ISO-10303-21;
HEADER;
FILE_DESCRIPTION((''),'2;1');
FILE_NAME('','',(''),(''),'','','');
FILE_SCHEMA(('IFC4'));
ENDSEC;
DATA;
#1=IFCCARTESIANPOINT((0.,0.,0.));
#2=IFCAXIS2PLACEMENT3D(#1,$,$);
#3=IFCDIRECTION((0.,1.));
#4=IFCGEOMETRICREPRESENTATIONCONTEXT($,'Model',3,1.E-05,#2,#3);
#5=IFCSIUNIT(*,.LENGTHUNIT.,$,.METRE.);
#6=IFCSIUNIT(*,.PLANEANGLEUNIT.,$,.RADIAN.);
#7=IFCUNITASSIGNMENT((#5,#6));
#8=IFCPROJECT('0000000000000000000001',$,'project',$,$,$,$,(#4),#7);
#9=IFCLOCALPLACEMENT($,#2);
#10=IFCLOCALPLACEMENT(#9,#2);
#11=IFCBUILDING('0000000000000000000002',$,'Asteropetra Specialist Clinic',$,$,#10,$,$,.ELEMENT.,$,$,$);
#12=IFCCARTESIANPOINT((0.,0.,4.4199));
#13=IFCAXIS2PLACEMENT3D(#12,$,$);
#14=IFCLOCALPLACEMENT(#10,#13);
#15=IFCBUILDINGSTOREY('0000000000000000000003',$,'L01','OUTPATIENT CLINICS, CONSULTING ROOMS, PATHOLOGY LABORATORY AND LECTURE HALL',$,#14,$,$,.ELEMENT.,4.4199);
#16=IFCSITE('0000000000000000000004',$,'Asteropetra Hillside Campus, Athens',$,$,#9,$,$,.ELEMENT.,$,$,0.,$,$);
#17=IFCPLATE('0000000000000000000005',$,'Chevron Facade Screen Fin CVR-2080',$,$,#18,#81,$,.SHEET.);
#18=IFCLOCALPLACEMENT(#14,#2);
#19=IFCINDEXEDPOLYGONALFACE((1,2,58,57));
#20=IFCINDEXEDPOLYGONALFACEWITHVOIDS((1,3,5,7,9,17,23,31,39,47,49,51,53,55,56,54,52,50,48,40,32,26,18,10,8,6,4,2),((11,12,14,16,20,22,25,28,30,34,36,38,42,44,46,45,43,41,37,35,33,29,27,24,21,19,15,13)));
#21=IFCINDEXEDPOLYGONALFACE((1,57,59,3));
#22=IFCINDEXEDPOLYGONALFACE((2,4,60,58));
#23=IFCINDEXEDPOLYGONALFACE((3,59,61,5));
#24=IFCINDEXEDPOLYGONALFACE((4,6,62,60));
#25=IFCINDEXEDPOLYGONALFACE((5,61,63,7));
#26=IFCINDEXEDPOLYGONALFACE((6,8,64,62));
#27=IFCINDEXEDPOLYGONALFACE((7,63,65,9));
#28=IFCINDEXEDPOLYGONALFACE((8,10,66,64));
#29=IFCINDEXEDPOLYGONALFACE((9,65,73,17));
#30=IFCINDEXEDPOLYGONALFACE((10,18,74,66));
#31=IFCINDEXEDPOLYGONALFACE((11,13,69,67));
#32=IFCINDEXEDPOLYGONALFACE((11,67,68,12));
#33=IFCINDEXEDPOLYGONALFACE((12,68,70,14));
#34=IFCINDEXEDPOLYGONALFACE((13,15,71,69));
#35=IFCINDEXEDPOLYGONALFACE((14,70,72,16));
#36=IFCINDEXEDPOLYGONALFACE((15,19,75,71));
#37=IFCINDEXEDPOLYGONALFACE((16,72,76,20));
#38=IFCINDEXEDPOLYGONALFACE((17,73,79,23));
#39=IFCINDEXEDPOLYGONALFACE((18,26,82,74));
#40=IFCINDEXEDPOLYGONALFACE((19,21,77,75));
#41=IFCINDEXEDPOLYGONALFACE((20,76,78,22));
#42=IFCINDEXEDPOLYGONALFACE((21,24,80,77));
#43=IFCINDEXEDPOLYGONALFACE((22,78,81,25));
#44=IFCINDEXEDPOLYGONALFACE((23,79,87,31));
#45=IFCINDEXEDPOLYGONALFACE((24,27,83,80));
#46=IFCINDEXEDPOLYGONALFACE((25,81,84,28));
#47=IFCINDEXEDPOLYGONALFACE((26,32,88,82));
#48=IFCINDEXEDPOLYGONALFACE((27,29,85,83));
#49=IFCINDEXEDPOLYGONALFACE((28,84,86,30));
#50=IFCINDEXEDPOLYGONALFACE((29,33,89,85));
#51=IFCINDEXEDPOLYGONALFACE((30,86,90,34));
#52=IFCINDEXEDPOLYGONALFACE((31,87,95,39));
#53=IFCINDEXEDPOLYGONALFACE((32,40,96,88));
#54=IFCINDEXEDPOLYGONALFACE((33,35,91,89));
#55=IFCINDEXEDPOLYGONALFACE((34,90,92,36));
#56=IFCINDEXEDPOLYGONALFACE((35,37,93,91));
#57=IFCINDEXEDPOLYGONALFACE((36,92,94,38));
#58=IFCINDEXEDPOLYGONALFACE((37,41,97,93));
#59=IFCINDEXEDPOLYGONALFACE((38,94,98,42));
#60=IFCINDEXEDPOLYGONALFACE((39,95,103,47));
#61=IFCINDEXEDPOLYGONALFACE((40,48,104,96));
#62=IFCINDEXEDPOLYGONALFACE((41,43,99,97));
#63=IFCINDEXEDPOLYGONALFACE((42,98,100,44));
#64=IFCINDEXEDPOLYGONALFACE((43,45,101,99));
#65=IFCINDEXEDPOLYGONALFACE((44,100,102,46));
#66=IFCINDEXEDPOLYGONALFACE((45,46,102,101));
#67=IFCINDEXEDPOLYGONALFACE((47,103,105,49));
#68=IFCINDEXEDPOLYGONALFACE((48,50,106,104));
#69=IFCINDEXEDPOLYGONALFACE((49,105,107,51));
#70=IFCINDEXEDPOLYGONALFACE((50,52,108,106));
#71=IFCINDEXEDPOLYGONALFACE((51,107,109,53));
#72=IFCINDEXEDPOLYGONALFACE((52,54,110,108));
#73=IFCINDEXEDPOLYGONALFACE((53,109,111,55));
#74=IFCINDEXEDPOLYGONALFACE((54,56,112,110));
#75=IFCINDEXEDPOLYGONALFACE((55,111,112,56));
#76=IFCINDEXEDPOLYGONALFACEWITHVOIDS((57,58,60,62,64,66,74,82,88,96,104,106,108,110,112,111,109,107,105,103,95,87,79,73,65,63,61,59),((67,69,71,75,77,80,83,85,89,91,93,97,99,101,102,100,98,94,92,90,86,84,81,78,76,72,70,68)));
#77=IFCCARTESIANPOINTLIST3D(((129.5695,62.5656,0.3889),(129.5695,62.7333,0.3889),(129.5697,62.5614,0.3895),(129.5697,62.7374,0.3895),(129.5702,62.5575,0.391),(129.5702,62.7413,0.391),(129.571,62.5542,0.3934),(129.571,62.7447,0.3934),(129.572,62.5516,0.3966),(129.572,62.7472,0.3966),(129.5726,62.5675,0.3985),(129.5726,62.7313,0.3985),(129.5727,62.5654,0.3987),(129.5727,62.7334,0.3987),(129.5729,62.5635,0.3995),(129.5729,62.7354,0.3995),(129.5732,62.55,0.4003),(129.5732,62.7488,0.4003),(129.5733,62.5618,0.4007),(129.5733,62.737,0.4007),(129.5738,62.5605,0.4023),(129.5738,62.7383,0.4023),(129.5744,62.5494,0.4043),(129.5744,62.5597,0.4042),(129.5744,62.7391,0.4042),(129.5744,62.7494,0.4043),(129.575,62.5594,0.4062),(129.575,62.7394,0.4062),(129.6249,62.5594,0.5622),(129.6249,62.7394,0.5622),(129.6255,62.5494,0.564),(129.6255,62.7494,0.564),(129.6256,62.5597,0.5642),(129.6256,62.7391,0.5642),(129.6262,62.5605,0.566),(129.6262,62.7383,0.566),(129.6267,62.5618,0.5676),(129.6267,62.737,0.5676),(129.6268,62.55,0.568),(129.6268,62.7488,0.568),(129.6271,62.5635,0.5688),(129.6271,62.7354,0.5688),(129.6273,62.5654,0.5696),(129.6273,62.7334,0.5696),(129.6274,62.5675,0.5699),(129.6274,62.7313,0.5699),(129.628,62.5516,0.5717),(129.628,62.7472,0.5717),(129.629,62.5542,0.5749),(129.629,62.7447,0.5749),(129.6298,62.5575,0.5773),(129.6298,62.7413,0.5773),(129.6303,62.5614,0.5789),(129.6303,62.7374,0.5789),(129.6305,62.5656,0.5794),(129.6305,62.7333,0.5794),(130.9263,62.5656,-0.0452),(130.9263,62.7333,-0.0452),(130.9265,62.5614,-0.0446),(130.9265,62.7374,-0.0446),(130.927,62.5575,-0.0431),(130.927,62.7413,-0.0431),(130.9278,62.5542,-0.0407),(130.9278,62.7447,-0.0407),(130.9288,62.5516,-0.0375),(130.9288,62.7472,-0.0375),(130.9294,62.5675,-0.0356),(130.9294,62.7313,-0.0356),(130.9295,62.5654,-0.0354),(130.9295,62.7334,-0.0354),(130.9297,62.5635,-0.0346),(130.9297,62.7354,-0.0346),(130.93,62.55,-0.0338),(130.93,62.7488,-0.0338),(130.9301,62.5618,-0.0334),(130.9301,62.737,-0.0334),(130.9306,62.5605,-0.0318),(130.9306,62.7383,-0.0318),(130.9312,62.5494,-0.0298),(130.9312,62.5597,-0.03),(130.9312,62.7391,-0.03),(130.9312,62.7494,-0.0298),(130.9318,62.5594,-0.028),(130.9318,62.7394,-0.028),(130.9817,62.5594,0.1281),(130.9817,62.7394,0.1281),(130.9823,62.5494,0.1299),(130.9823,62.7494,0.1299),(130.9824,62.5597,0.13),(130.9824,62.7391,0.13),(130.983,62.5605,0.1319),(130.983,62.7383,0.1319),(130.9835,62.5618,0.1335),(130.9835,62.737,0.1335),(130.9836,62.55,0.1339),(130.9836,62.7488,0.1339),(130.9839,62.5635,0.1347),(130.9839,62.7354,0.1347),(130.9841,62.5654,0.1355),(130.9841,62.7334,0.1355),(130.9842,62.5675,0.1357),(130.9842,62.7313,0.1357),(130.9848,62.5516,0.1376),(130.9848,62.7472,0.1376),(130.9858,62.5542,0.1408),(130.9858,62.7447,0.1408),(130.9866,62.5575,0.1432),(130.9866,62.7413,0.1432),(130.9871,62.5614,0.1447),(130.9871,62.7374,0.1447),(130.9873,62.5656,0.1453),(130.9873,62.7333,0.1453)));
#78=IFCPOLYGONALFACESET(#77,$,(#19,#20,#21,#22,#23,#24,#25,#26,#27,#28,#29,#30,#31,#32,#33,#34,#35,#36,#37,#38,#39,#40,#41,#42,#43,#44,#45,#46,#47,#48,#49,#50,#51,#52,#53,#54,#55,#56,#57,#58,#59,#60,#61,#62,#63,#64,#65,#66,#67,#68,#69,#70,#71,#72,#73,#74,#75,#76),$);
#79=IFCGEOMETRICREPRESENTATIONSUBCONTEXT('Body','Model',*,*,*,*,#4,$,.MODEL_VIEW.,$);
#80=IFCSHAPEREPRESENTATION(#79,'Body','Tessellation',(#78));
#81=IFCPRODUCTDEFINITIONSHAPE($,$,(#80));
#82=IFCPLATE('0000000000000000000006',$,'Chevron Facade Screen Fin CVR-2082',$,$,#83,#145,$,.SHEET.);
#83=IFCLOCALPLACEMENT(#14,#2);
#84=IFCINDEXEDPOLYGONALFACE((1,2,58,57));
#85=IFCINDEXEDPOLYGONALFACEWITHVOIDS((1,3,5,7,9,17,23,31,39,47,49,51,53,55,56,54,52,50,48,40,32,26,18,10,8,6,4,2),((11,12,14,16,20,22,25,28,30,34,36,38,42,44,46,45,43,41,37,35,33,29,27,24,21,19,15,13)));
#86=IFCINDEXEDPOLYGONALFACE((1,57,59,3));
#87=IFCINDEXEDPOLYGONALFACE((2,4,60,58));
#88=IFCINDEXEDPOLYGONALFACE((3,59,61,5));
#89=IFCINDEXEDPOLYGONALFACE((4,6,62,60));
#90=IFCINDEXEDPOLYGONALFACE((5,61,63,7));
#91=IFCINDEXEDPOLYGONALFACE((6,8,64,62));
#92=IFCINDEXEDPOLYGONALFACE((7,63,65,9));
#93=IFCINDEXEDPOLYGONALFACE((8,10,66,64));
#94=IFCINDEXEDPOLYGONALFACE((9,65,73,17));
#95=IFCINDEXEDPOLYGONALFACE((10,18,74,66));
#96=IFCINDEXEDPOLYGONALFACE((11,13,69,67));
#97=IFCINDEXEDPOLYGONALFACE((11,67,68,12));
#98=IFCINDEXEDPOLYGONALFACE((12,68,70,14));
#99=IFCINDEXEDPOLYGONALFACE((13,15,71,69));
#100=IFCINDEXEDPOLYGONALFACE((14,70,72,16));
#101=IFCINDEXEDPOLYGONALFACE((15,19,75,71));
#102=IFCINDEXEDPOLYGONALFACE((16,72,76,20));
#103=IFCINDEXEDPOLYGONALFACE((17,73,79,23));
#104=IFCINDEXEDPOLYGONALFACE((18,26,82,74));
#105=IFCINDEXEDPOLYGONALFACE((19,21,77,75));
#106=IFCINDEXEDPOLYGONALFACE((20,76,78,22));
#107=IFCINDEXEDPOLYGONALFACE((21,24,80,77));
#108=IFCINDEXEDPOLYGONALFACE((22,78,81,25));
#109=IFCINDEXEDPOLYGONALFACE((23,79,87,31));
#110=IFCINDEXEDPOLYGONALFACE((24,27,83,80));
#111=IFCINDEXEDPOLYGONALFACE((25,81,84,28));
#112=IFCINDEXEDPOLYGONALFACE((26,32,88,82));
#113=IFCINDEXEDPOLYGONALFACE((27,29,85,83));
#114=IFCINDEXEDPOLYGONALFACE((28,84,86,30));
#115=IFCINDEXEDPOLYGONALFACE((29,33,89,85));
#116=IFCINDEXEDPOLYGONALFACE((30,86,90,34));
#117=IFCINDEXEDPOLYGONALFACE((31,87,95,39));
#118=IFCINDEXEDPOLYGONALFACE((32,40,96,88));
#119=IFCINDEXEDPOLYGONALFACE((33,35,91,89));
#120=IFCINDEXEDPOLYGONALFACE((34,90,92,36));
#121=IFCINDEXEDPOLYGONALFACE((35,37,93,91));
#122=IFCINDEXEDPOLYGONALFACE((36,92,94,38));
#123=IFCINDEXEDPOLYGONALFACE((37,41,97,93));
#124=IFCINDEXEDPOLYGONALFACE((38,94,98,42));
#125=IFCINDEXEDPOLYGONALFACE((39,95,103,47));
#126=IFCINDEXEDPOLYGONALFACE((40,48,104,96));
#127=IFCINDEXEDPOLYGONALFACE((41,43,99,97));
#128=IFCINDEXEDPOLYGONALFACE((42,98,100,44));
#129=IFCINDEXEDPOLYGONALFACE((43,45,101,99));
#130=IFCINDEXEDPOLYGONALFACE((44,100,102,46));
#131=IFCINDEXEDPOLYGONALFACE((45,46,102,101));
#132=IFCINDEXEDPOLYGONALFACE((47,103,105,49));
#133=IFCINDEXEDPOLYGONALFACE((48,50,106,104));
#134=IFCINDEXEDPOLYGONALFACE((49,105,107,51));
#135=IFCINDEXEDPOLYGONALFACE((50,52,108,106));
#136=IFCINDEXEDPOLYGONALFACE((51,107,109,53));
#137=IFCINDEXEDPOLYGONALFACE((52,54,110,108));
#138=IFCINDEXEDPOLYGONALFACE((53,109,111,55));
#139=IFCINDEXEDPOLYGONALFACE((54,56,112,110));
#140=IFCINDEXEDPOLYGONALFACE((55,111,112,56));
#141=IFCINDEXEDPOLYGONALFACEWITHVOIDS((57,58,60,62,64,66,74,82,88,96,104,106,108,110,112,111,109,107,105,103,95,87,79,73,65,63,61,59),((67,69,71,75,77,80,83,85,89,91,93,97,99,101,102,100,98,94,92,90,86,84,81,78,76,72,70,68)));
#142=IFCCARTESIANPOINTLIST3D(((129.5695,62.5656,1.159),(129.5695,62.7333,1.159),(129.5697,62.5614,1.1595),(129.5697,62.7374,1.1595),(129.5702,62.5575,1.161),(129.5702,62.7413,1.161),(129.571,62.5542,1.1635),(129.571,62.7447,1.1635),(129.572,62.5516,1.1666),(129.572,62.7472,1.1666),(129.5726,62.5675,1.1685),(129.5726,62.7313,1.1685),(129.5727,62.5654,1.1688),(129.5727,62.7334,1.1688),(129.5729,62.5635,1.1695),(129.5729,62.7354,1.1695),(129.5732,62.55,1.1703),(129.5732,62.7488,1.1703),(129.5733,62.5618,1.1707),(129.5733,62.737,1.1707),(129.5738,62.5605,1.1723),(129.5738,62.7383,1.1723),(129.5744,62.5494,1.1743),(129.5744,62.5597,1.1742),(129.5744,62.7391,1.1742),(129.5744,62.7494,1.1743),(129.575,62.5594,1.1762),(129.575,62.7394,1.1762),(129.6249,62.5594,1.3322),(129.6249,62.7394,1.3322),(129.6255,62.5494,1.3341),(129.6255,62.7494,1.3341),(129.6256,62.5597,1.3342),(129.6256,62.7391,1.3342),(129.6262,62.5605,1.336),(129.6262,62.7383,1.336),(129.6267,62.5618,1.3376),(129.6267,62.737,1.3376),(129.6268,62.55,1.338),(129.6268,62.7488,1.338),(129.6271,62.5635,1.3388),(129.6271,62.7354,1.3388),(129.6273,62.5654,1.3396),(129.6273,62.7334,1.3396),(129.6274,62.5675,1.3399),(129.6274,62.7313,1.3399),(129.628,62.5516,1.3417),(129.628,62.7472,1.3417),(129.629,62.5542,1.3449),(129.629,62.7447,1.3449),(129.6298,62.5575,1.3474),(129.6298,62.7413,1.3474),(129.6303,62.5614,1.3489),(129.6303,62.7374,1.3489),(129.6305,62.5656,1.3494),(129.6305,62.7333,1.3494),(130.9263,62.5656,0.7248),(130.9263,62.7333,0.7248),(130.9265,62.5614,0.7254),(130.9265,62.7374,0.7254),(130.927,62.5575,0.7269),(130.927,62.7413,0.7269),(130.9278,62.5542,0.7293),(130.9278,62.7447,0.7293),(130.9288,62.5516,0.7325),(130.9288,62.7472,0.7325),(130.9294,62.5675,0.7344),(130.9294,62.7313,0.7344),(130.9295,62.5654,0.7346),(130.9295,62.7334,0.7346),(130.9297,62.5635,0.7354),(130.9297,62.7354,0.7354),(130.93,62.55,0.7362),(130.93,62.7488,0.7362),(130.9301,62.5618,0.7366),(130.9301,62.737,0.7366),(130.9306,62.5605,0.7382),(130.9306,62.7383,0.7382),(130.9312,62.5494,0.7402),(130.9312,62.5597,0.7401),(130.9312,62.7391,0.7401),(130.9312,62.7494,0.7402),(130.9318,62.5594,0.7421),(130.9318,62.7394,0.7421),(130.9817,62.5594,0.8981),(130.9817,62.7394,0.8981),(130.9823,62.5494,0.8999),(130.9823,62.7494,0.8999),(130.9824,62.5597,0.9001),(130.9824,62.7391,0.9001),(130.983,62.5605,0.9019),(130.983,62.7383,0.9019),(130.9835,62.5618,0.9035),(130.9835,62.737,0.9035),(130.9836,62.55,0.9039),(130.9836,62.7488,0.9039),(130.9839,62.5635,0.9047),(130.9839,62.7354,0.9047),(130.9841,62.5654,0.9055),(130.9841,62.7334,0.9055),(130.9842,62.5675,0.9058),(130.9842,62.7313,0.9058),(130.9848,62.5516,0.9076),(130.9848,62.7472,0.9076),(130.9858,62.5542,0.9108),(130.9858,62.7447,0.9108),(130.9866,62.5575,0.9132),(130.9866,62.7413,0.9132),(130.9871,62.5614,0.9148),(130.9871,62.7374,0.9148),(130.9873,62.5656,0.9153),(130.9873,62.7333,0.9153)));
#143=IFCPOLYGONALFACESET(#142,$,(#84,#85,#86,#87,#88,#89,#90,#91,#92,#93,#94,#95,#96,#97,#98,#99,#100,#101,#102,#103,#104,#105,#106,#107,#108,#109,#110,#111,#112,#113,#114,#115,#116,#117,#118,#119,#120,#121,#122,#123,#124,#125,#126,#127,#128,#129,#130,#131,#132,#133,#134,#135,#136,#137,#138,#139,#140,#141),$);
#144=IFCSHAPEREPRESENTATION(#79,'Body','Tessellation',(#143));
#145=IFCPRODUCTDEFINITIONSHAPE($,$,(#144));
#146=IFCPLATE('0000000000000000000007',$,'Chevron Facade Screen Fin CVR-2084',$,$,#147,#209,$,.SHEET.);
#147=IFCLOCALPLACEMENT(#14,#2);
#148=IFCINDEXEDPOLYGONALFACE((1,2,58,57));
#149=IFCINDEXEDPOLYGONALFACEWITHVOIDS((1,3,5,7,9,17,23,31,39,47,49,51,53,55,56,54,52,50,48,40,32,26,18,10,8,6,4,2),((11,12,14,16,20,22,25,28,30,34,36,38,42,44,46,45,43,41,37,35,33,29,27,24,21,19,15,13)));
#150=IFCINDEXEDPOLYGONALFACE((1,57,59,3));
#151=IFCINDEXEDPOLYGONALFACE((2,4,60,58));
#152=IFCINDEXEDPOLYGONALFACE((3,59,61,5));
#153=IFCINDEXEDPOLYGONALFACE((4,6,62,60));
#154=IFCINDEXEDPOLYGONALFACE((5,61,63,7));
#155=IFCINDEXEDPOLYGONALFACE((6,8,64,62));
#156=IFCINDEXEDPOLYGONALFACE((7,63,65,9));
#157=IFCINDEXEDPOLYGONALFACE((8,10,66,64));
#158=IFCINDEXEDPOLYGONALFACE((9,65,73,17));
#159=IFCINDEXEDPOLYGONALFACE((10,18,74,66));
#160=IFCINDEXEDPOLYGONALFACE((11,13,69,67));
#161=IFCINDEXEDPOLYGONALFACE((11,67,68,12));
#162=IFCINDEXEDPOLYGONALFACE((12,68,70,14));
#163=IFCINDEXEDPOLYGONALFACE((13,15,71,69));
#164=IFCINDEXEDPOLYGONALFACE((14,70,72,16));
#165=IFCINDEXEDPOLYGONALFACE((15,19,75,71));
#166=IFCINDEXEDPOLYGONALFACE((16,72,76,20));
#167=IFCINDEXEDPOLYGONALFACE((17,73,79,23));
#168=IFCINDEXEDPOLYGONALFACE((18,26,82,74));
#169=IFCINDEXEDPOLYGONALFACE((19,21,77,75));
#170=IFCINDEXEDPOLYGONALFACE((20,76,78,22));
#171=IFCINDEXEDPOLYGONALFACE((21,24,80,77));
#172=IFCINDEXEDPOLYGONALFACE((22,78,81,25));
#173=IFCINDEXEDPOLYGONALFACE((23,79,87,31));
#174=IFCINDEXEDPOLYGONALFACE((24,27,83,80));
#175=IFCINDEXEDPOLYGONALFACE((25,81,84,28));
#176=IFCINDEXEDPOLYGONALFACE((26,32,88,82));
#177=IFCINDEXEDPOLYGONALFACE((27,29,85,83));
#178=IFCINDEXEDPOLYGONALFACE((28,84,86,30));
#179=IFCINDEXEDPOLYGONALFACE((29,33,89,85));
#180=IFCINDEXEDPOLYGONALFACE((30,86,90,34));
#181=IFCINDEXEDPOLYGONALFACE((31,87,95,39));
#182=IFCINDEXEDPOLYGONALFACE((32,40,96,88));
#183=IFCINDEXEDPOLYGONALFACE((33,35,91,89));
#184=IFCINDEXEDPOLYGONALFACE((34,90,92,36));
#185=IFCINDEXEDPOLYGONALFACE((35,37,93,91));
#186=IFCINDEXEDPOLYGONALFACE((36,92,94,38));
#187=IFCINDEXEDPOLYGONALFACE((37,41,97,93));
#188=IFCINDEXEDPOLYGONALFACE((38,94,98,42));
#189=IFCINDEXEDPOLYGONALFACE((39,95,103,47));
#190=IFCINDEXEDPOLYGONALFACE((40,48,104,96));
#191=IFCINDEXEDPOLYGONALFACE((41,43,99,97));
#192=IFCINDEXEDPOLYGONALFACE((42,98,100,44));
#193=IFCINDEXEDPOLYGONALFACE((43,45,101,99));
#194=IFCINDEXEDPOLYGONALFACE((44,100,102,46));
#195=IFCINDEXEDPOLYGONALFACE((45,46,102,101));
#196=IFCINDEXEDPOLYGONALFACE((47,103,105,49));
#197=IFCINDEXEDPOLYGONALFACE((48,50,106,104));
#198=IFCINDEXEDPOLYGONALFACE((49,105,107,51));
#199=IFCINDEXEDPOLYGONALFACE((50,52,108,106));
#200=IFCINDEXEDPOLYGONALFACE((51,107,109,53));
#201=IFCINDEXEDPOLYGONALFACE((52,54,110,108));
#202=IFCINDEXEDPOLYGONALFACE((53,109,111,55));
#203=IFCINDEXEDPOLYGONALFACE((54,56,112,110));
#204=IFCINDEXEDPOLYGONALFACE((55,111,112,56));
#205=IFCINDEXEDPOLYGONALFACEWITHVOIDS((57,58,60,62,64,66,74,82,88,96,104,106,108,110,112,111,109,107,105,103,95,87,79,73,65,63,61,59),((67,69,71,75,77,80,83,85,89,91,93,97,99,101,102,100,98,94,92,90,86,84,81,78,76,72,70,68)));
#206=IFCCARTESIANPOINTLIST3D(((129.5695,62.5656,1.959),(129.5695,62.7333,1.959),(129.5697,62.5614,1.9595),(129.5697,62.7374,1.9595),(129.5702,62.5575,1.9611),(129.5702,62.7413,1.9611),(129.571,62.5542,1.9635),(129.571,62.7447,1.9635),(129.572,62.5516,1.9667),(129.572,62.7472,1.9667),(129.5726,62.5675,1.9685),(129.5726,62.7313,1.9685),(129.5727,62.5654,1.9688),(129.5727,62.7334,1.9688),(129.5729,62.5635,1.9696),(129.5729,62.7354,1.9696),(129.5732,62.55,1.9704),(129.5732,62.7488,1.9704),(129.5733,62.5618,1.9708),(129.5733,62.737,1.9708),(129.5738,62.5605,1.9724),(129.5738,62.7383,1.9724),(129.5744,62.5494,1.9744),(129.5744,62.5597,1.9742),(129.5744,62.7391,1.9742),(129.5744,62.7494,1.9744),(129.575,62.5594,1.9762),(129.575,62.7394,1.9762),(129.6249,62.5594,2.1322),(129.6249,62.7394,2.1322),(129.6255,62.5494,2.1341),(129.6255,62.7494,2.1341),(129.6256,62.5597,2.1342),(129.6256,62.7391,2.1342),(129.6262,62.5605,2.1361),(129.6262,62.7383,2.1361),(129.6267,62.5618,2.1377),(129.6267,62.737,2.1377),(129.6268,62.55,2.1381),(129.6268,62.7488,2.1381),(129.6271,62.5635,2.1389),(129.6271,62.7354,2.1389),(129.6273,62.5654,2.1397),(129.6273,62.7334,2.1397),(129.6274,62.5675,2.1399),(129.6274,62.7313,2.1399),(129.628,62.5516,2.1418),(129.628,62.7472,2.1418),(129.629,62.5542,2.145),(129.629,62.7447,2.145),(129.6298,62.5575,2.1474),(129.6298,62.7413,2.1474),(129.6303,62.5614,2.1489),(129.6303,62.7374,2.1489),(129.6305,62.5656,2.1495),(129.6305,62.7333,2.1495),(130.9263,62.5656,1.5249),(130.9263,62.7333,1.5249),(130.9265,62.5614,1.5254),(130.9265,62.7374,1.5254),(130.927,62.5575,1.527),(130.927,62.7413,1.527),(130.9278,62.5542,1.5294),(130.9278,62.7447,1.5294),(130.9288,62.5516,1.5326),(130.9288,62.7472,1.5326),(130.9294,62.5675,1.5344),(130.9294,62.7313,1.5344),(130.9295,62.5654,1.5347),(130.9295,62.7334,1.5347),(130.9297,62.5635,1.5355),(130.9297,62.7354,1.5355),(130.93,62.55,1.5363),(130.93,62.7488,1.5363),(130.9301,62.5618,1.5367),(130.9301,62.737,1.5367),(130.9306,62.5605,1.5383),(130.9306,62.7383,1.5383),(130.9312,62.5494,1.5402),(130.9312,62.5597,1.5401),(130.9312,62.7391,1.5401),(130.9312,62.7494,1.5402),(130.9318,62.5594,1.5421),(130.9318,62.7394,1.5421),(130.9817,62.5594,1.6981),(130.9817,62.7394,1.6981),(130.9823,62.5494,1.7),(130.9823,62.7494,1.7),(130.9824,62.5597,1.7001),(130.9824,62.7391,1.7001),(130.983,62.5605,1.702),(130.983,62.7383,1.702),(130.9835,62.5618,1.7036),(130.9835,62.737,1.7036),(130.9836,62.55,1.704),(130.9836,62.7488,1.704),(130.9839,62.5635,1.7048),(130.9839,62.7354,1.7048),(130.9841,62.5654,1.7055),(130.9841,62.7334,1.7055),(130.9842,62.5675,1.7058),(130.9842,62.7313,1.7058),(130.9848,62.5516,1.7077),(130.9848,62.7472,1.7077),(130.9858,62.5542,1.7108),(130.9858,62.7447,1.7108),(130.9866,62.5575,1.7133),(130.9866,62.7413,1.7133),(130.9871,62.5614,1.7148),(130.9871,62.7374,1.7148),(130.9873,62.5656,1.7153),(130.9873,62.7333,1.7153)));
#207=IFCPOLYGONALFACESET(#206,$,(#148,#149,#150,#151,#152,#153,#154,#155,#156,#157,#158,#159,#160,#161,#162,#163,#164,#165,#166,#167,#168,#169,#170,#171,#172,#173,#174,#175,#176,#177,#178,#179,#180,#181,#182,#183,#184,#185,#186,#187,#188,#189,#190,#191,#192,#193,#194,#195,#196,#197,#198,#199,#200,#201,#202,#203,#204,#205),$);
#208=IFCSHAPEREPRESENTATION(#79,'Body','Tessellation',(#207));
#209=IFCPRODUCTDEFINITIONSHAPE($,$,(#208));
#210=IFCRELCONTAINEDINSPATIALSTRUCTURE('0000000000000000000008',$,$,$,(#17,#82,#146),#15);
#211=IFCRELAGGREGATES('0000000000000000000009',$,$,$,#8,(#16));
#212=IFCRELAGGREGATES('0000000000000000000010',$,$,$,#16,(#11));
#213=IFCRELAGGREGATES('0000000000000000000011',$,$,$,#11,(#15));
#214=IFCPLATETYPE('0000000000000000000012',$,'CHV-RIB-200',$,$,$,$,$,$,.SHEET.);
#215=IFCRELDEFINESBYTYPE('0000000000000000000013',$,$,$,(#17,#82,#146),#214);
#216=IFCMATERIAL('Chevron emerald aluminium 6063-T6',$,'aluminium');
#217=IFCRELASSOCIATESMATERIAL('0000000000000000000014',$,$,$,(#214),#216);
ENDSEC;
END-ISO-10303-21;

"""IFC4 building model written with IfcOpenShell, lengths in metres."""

from ifc_helpers import new_model, si_unit, direction, frame, origin, origin_2d, place, context, subcontext, project, spatial, hollow_rectangle, extrude, material, material_profile, profile_set, type_object, element, save


model = new_model("IFC4")

# Units and contexts
model_context = context("Model", 3, precision=1e-05, world=origin(), true_north=direction((0.0, 1.0)))
body_context = subcontext(model_context, "Body", "Model", "MODEL_VIEW")
ifc_project = project(units=[si_unit("LENGTHUNIT", "METRE"), si_unit("PLANEANGLEUNIT", "RADIAN")], contexts=[model_context])

# Site, building, storey
site_placement = place(None, origin())
site = spatial("IfcSite", under=ifc_project, at=site_placement, Name="Asteropetra Hillside Campus, Athens", CompositionType="ELEMENT", RefElevation=0.0)
building_placement = place(site_placement, origin())
building = spatial("IfcBuilding", under=site, at=building_placement, Name="Asteropetra Specialist Clinic", CompositionType="ELEMENT")
storey_placement = place(building_placement, frame((0.0, 0.0, 4.4199)))
storey = spatial("IfcBuildingStorey", under=building, at=storey_placement, Name="L01", Description="OUTPATIENT CLINICS, CONSULTING ROOMS, PATHOLOGY LABORATORY AND LECTURE HALL", CompositionType="ELEMENT", Elevation=4.4199)

# Plates
ifc_material_1 = material(Name="Chevron emerald aluminium 6063-T6", Category="aluminium")
ifc_material_profile_1 = material_profile(ifc_material_1, hollow_rectangle(XDim=0.2, YDim=0.2, WallThickness=0.01, InnerFilletRadius=0.0081, OuterFilletRadius=0.0161, at=origin_2d()), Name="SHS 200x200x10.0")
ifc_profile_set_1 = profile_set([ifc_material_profile_1], Name="Chevron emerald aluminium 6063-T6")
plate_type = type_object("IfcPlateType", Name="CHV-RIB-200", PredefinedType="SHEET", material=ifc_profile_set_1)
for number, where, z_axis, x_axis, name in (
    (1, (130.9568, 62.6494, 0.05), (-0.952436, 0.0, 0.304738), (0.0, -1.0, 0.0), "Chevron Facade Screen Fin CVR-2080"),
    (2, (130.9568, 62.6494, 0.8201), (-0.952436, 0.0, 0.304738), (0.0, -1.0, 0.0), "Chevron Facade Screen Fin CVR-2082"),
    (3, (130.9568, 62.6494, 1.6201), (-0.952436, 0.0, 0.304738), (0.0, -1.0, 0.0), "Chevron Facade Screen Fin CVR-2084"),
):
    element("IfcPlate", number, at=place(storey_placement, frame(where, z_axis=z_axis, x_axis=x_axis)), inside=storey, type_object=plate_type, Name=name, PredefinedType="SHEET", context=body_context, shape_type="SweptSolid", body=[
        extrude(hollow_rectangle(XDim=0.2, YDim=0.2, WallThickness=0.01, InnerFilletRadius=0.0081, OuterFilletRadius=0.0161, at=origin_2d()), origin(), (0.0, 0.0, 1.0), 1.4246),
    ])

save(model, "model.ifc")
